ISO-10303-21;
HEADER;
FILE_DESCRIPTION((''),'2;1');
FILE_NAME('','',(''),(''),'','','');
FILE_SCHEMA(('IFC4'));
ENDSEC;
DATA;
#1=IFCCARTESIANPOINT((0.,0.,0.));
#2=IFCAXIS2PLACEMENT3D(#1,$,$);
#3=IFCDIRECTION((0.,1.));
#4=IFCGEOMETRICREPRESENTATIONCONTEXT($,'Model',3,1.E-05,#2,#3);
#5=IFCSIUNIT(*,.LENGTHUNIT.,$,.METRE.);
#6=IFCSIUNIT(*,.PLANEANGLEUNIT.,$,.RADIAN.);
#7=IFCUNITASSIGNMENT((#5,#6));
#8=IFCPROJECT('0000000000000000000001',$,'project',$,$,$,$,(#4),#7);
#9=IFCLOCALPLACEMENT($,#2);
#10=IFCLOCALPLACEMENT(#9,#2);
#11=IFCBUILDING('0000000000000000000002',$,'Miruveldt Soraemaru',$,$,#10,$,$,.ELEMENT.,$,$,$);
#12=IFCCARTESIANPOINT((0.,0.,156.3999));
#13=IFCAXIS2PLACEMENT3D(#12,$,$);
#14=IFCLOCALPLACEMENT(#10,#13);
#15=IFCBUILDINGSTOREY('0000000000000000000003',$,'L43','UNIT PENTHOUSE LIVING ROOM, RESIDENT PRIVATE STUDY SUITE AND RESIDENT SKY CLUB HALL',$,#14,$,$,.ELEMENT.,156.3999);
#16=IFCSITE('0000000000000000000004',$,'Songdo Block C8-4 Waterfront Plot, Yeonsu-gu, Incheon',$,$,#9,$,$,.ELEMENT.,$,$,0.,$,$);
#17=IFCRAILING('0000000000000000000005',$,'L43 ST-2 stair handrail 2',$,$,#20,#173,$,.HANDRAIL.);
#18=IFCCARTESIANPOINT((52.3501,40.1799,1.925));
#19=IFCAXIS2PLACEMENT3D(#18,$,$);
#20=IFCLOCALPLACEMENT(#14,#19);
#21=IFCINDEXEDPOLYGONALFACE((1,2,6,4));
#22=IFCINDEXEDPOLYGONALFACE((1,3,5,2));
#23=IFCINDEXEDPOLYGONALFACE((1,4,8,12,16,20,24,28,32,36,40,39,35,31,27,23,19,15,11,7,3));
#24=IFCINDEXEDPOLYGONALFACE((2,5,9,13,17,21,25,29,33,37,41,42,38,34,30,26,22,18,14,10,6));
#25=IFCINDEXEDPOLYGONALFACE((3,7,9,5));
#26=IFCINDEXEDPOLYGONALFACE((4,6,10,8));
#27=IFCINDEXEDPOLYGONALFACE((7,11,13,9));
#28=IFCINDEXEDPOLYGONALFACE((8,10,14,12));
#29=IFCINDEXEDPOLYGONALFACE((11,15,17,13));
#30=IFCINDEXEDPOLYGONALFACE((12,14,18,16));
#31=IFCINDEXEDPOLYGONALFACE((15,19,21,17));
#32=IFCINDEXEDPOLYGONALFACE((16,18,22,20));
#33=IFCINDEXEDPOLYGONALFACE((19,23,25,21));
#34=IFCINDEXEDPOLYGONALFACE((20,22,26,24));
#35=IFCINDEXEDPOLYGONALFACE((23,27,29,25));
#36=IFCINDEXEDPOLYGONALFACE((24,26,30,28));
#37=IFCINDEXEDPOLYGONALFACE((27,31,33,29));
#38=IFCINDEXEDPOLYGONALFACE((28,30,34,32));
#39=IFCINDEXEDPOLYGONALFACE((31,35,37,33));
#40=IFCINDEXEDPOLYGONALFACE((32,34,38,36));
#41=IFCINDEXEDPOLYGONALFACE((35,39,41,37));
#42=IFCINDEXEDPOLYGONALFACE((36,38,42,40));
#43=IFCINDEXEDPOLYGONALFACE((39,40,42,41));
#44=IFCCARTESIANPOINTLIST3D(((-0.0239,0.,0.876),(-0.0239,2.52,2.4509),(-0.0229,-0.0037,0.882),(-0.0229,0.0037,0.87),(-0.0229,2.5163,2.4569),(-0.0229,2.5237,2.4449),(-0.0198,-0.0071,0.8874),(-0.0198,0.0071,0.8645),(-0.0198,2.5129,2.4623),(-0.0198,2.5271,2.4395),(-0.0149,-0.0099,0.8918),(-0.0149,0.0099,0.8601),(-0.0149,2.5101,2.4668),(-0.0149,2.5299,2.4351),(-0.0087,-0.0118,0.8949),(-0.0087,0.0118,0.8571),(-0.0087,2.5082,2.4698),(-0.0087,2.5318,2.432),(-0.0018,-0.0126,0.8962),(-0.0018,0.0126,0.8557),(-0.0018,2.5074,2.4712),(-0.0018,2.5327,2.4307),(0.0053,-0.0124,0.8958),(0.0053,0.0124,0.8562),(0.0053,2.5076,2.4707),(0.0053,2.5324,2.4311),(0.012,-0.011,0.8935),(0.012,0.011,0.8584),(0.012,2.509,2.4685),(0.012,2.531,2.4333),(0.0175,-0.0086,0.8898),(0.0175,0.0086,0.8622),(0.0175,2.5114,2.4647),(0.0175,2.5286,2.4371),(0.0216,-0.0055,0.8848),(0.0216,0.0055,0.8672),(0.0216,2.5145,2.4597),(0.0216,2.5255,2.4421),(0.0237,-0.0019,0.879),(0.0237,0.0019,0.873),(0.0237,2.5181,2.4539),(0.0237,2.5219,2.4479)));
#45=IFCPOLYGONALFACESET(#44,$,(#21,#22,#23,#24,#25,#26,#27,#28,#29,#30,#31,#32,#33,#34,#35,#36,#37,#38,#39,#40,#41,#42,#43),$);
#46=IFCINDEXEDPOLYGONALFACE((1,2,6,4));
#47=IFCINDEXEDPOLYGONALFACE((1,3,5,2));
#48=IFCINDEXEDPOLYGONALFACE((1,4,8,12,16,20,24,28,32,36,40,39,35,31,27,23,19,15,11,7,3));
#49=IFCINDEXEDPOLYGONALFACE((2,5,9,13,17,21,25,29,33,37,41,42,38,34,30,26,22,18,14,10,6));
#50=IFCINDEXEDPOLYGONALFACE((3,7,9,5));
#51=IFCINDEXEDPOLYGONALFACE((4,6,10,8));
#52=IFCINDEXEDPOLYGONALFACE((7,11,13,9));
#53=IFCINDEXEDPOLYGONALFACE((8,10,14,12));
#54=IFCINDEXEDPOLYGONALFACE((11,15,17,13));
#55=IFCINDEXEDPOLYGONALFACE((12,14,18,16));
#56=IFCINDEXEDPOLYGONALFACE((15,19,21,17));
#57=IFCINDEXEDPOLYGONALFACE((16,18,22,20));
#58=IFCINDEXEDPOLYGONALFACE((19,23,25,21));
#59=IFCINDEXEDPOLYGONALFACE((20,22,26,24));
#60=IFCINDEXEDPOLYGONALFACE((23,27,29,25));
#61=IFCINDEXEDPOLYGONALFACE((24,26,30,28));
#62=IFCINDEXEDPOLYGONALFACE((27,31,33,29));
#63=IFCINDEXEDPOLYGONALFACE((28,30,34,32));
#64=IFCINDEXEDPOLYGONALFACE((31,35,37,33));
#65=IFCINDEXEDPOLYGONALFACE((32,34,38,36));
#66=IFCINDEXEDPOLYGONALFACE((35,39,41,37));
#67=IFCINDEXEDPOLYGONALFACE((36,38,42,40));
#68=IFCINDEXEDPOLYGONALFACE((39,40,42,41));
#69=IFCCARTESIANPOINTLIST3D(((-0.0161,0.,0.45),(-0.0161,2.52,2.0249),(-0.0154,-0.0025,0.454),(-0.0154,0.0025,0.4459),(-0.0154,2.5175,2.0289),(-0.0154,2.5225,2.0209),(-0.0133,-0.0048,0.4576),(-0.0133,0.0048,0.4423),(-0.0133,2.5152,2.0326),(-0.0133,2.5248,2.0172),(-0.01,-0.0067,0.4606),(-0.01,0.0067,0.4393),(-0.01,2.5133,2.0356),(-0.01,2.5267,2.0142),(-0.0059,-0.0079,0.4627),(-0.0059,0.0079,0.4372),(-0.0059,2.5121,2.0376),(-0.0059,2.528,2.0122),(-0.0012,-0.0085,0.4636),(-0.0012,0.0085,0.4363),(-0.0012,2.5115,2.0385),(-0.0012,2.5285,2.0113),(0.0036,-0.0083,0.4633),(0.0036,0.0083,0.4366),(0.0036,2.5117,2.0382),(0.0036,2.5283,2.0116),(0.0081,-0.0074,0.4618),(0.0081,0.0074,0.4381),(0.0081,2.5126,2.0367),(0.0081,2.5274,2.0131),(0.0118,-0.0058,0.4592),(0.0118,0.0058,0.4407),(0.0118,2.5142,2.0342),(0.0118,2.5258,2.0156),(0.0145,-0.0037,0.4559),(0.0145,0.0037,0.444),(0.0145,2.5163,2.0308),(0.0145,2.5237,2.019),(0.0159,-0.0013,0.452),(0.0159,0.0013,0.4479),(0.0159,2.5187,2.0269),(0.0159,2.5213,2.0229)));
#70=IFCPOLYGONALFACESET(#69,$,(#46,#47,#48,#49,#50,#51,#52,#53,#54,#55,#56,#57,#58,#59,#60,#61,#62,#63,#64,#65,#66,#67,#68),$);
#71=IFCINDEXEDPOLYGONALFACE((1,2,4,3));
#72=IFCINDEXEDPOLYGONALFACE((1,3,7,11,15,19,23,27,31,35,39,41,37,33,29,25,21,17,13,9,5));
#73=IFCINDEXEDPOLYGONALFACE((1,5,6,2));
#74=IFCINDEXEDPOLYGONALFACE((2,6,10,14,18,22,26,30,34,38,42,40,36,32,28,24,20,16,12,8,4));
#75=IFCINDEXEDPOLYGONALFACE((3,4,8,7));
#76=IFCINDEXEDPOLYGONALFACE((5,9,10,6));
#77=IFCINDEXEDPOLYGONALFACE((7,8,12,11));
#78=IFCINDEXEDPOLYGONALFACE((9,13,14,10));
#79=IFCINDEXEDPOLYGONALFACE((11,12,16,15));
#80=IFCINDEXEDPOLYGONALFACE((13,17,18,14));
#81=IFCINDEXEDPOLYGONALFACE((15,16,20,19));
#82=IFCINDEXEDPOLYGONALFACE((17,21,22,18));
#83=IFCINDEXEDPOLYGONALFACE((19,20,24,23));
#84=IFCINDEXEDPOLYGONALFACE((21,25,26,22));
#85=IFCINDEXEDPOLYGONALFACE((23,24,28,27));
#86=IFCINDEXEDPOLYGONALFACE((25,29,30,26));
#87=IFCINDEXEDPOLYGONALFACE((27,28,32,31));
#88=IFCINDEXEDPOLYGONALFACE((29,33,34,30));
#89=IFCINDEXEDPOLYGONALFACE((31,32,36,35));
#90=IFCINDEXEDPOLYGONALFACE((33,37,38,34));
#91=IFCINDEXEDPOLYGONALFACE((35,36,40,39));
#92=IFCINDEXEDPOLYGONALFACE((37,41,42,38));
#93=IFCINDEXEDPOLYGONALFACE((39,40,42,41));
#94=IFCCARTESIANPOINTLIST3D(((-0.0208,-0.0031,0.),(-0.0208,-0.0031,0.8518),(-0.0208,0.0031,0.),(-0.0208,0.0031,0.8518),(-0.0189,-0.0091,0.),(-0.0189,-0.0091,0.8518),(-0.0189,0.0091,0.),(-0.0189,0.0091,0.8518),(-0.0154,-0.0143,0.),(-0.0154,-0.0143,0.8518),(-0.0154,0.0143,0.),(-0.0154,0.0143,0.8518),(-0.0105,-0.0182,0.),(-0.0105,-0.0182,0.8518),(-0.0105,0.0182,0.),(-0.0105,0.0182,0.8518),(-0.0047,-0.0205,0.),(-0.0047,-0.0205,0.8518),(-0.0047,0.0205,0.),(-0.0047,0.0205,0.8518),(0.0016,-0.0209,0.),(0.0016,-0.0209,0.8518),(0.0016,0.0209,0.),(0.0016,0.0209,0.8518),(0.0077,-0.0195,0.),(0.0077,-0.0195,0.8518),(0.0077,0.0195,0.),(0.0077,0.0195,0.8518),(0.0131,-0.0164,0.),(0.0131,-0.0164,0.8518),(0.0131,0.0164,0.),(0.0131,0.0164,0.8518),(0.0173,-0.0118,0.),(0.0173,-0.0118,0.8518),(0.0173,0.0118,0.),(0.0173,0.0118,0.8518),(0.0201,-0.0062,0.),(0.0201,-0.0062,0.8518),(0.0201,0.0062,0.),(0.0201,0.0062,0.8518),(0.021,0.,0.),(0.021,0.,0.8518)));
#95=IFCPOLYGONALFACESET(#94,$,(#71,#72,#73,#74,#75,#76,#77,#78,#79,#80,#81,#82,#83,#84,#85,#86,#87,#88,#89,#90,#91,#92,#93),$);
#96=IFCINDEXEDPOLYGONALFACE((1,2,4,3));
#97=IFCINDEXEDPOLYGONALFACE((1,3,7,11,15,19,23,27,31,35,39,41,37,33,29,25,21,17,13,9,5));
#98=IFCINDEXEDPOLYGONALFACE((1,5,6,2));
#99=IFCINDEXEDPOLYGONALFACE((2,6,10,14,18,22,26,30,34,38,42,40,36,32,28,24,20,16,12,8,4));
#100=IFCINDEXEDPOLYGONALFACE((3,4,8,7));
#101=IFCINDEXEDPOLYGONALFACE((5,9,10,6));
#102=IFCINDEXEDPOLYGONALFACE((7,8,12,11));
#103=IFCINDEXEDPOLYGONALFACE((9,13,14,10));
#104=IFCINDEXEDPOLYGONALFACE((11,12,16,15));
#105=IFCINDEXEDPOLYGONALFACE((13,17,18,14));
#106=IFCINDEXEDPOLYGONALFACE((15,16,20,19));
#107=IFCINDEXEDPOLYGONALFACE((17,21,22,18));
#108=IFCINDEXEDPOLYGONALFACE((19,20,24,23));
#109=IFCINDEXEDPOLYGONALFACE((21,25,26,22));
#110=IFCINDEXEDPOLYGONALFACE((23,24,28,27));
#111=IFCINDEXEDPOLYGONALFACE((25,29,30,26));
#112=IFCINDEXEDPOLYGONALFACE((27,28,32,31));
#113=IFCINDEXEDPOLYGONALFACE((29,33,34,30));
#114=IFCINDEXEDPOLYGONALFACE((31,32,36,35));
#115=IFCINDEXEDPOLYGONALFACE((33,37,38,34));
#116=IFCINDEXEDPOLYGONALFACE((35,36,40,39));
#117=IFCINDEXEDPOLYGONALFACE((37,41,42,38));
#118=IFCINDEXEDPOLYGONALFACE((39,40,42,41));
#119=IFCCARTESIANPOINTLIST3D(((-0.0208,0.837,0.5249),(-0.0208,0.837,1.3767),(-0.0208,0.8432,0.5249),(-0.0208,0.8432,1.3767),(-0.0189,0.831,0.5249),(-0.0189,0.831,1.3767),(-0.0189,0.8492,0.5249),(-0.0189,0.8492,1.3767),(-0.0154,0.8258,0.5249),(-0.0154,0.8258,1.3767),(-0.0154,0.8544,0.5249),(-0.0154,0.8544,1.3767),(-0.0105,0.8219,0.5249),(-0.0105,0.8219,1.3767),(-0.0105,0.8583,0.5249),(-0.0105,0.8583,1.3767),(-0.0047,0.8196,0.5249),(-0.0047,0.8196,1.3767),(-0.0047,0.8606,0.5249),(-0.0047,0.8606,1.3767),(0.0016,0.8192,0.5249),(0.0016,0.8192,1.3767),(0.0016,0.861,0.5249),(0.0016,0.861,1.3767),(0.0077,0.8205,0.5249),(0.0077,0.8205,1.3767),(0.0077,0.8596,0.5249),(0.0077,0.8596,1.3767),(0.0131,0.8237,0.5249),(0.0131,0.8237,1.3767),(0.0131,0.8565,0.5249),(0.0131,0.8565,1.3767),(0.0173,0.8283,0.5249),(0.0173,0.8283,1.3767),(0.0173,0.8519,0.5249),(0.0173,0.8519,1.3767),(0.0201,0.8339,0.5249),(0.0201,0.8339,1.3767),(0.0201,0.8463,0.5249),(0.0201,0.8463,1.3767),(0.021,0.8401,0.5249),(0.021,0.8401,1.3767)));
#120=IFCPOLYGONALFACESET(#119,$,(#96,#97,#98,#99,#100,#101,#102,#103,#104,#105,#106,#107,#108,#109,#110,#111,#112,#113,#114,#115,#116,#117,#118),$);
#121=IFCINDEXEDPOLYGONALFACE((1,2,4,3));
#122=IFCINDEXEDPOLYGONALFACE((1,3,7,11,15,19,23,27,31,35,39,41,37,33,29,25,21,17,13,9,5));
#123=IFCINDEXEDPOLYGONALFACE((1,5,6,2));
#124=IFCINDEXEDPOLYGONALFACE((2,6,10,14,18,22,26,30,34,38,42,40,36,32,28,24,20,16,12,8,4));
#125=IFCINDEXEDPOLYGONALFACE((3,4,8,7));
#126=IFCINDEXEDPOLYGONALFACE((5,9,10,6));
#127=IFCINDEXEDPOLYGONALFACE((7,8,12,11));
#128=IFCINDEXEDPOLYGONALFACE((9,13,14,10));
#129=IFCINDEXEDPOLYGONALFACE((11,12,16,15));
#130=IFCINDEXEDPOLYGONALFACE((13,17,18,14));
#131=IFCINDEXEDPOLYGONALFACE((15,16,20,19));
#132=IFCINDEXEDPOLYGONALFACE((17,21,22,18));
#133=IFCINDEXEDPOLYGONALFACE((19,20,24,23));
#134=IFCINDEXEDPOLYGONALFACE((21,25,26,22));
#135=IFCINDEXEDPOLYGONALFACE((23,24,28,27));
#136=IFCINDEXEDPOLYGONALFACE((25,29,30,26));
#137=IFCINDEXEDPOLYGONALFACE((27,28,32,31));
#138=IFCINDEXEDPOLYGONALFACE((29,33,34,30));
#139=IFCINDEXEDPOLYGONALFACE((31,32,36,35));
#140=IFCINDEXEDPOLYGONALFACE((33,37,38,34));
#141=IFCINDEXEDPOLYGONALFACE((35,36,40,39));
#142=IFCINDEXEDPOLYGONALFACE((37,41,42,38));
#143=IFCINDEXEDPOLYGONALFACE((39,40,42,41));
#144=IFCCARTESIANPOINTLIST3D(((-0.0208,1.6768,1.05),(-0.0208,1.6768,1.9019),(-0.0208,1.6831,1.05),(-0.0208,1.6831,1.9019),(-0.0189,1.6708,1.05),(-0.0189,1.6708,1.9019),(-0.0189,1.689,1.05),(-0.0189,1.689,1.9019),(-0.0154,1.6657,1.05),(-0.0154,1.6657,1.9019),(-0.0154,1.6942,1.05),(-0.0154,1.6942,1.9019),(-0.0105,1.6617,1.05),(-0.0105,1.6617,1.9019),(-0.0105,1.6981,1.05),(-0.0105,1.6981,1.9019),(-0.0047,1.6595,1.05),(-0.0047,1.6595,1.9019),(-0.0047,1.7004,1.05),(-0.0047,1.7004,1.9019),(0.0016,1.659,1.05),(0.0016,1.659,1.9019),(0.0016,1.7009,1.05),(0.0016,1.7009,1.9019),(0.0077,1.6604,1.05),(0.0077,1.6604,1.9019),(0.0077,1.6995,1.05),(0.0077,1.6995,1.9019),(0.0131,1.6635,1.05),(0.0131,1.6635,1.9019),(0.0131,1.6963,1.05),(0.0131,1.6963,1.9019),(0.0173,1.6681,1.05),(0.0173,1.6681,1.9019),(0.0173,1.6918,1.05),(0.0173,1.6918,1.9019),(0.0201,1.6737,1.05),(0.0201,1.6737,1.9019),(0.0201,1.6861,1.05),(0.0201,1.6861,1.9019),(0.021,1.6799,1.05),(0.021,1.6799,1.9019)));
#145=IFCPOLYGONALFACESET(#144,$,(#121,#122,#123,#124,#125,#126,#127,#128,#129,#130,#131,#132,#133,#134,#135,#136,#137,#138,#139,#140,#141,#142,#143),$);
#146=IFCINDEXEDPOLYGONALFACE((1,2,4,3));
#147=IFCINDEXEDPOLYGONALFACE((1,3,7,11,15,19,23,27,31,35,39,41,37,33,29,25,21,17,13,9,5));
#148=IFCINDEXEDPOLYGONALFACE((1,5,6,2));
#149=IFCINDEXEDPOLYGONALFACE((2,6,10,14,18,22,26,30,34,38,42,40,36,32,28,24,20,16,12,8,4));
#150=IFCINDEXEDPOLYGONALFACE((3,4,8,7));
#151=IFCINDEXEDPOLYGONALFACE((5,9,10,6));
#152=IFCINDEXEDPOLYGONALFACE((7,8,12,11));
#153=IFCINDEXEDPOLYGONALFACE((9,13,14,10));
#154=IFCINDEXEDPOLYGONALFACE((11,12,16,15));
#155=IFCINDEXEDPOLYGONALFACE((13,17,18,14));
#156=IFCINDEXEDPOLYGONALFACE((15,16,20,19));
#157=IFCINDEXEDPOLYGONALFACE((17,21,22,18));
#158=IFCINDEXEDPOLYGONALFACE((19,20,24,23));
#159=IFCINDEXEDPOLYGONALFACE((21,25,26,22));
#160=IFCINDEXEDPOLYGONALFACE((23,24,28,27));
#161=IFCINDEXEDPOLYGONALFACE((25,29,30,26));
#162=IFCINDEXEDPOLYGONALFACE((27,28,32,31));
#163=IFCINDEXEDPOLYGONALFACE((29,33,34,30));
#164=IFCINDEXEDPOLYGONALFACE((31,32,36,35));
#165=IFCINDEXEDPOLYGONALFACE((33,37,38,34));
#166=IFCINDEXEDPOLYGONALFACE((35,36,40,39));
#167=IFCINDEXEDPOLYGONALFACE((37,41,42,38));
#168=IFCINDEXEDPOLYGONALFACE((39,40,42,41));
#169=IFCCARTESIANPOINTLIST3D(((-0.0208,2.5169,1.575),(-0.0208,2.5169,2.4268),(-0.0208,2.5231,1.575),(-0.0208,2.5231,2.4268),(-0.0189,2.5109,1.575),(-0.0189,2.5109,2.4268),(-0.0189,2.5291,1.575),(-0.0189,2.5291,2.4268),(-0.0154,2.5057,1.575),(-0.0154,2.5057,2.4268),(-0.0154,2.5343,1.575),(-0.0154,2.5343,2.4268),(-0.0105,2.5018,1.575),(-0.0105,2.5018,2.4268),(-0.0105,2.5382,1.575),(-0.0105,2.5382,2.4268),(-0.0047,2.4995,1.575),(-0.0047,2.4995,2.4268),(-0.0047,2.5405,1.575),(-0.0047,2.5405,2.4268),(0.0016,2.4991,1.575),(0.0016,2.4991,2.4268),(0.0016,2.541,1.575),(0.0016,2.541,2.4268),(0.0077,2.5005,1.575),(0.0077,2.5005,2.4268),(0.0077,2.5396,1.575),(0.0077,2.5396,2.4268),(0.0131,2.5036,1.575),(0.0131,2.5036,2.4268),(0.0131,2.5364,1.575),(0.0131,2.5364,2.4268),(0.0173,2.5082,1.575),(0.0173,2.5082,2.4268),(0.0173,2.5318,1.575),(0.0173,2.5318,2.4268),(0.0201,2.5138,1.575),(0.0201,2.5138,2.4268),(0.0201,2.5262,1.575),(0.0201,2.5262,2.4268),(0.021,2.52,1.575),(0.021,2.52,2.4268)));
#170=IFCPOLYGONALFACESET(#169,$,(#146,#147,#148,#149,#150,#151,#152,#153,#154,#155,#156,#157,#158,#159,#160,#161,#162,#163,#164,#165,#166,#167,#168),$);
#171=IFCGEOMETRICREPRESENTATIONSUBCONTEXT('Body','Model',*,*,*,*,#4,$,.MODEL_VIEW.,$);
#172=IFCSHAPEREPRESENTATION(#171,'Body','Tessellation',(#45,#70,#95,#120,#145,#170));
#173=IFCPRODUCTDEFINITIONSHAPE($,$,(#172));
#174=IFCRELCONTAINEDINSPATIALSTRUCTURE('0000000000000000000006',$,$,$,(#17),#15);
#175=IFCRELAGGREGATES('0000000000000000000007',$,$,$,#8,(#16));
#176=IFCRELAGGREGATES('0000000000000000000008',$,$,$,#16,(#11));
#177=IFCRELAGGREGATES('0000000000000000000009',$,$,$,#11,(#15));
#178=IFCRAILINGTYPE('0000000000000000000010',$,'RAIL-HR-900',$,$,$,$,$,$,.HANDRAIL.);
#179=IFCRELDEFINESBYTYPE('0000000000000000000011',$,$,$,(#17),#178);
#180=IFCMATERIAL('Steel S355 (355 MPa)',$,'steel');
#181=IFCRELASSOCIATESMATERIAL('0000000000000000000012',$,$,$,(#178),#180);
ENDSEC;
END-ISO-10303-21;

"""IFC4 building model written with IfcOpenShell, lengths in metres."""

from ifc_helpers import new_model, si_unit, direction, frame, origin, origin_2d, place, context, subcontext, project, spatial, circle, extrude, material, type_object, element, save


model = new_model("IFC4")

# Units and contexts
model_context = context("Model", 3, precision=1e-05, world=origin(), true_north=direction((0.0, 1.0)))
body_context = subcontext(model_context, "Body", "Model", "MODEL_VIEW")
ifc_project = project(units=[si_unit("LENGTHUNIT", "METRE"), si_unit("PLANEANGLEUNIT", "RADIAN")], contexts=[model_context])

# Site, building, storey
site_placement = place(None, origin())
site = spatial("IfcSite", under=ifc_project, at=site_placement, Name="Songdo Block C8-4 Waterfront Plot, Yeonsu-gu, Incheon", CompositionType="ELEMENT", RefElevation=0.0)
building_placement = place(site_placement, origin())
building = spatial("IfcBuilding", under=site, at=building_placement, Name="Miruveldt Soraemaru", CompositionType="ELEMENT")
storey_placement = place(building_placement, frame((0.0, 0.0, 156.3999)))
storey = spatial("IfcBuildingStorey", under=building, at=storey_placement, Name="L43", Description="UNIT PENTHOUSE LIVING ROOM, RESIDENT PRIVATE STUDY SUITE AND RESIDENT SKY CLUB HALL", CompositionType="ELEMENT", Elevation=156.3999)

# Railing
ifc_material_1 = material(Name="Steel S355 (355 MPa)", Category="steel")
railing_type_1 = type_object("IfcRailingType", Name="RAIL-HR-900", PredefinedType="HANDRAIL", material=ifc_material_1)
railing_1_placement = place(storey_placement, frame((52.3501, 40.1799, 1.925)))
element("IfcRailing", 1, at=railing_1_placement, inside=storey, type_object=railing_type_1, Name="L43 ST-2 stair handrail 2", PredefinedType="HANDRAIL", context=body_context, shape_type="SweptSolid", body=[
    extrude(circle(Radius=0.0239, at=origin_2d()), frame((0.0, 0.0, 0.876), z_axis=(0.0, 0.848008, 0.529984), x_axis=(-1.0, 0.0, 0.0)), (0.0, 0.0, 1.0), 2.9717),
    extrude(circle(Radius=0.0161, at=origin_2d()), frame((0.0, 0.0, 0.45), z_axis=(0.0, 0.848008, 0.529984), x_axis=(-1.0, 0.0, 0.0)), (0.0, 0.0, 1.0), 2.9717),
    extrude(circle(Radius=0.021, at=origin_2d()), origin(), (0.0, 0.0, 1.0), 0.8518),
    extrude(circle(Radius=0.021, at=origin_2d()), frame((0.0, 0.8401, 0.5249)), (0.0, 0.0, 1.0), 0.8518),
    extrude(circle(Radius=0.021, at=origin_2d()), frame((0.0, 1.6799, 1.05)), (0.0, 0.0, 1.0), 0.8518),
    extrude(circle(Radius=0.021, at=origin_2d()), frame((0.0, 2.52, 1.575)), (0.0, 0.0, 1.0), 0.8518),
])

save(model, "model.ifc")
